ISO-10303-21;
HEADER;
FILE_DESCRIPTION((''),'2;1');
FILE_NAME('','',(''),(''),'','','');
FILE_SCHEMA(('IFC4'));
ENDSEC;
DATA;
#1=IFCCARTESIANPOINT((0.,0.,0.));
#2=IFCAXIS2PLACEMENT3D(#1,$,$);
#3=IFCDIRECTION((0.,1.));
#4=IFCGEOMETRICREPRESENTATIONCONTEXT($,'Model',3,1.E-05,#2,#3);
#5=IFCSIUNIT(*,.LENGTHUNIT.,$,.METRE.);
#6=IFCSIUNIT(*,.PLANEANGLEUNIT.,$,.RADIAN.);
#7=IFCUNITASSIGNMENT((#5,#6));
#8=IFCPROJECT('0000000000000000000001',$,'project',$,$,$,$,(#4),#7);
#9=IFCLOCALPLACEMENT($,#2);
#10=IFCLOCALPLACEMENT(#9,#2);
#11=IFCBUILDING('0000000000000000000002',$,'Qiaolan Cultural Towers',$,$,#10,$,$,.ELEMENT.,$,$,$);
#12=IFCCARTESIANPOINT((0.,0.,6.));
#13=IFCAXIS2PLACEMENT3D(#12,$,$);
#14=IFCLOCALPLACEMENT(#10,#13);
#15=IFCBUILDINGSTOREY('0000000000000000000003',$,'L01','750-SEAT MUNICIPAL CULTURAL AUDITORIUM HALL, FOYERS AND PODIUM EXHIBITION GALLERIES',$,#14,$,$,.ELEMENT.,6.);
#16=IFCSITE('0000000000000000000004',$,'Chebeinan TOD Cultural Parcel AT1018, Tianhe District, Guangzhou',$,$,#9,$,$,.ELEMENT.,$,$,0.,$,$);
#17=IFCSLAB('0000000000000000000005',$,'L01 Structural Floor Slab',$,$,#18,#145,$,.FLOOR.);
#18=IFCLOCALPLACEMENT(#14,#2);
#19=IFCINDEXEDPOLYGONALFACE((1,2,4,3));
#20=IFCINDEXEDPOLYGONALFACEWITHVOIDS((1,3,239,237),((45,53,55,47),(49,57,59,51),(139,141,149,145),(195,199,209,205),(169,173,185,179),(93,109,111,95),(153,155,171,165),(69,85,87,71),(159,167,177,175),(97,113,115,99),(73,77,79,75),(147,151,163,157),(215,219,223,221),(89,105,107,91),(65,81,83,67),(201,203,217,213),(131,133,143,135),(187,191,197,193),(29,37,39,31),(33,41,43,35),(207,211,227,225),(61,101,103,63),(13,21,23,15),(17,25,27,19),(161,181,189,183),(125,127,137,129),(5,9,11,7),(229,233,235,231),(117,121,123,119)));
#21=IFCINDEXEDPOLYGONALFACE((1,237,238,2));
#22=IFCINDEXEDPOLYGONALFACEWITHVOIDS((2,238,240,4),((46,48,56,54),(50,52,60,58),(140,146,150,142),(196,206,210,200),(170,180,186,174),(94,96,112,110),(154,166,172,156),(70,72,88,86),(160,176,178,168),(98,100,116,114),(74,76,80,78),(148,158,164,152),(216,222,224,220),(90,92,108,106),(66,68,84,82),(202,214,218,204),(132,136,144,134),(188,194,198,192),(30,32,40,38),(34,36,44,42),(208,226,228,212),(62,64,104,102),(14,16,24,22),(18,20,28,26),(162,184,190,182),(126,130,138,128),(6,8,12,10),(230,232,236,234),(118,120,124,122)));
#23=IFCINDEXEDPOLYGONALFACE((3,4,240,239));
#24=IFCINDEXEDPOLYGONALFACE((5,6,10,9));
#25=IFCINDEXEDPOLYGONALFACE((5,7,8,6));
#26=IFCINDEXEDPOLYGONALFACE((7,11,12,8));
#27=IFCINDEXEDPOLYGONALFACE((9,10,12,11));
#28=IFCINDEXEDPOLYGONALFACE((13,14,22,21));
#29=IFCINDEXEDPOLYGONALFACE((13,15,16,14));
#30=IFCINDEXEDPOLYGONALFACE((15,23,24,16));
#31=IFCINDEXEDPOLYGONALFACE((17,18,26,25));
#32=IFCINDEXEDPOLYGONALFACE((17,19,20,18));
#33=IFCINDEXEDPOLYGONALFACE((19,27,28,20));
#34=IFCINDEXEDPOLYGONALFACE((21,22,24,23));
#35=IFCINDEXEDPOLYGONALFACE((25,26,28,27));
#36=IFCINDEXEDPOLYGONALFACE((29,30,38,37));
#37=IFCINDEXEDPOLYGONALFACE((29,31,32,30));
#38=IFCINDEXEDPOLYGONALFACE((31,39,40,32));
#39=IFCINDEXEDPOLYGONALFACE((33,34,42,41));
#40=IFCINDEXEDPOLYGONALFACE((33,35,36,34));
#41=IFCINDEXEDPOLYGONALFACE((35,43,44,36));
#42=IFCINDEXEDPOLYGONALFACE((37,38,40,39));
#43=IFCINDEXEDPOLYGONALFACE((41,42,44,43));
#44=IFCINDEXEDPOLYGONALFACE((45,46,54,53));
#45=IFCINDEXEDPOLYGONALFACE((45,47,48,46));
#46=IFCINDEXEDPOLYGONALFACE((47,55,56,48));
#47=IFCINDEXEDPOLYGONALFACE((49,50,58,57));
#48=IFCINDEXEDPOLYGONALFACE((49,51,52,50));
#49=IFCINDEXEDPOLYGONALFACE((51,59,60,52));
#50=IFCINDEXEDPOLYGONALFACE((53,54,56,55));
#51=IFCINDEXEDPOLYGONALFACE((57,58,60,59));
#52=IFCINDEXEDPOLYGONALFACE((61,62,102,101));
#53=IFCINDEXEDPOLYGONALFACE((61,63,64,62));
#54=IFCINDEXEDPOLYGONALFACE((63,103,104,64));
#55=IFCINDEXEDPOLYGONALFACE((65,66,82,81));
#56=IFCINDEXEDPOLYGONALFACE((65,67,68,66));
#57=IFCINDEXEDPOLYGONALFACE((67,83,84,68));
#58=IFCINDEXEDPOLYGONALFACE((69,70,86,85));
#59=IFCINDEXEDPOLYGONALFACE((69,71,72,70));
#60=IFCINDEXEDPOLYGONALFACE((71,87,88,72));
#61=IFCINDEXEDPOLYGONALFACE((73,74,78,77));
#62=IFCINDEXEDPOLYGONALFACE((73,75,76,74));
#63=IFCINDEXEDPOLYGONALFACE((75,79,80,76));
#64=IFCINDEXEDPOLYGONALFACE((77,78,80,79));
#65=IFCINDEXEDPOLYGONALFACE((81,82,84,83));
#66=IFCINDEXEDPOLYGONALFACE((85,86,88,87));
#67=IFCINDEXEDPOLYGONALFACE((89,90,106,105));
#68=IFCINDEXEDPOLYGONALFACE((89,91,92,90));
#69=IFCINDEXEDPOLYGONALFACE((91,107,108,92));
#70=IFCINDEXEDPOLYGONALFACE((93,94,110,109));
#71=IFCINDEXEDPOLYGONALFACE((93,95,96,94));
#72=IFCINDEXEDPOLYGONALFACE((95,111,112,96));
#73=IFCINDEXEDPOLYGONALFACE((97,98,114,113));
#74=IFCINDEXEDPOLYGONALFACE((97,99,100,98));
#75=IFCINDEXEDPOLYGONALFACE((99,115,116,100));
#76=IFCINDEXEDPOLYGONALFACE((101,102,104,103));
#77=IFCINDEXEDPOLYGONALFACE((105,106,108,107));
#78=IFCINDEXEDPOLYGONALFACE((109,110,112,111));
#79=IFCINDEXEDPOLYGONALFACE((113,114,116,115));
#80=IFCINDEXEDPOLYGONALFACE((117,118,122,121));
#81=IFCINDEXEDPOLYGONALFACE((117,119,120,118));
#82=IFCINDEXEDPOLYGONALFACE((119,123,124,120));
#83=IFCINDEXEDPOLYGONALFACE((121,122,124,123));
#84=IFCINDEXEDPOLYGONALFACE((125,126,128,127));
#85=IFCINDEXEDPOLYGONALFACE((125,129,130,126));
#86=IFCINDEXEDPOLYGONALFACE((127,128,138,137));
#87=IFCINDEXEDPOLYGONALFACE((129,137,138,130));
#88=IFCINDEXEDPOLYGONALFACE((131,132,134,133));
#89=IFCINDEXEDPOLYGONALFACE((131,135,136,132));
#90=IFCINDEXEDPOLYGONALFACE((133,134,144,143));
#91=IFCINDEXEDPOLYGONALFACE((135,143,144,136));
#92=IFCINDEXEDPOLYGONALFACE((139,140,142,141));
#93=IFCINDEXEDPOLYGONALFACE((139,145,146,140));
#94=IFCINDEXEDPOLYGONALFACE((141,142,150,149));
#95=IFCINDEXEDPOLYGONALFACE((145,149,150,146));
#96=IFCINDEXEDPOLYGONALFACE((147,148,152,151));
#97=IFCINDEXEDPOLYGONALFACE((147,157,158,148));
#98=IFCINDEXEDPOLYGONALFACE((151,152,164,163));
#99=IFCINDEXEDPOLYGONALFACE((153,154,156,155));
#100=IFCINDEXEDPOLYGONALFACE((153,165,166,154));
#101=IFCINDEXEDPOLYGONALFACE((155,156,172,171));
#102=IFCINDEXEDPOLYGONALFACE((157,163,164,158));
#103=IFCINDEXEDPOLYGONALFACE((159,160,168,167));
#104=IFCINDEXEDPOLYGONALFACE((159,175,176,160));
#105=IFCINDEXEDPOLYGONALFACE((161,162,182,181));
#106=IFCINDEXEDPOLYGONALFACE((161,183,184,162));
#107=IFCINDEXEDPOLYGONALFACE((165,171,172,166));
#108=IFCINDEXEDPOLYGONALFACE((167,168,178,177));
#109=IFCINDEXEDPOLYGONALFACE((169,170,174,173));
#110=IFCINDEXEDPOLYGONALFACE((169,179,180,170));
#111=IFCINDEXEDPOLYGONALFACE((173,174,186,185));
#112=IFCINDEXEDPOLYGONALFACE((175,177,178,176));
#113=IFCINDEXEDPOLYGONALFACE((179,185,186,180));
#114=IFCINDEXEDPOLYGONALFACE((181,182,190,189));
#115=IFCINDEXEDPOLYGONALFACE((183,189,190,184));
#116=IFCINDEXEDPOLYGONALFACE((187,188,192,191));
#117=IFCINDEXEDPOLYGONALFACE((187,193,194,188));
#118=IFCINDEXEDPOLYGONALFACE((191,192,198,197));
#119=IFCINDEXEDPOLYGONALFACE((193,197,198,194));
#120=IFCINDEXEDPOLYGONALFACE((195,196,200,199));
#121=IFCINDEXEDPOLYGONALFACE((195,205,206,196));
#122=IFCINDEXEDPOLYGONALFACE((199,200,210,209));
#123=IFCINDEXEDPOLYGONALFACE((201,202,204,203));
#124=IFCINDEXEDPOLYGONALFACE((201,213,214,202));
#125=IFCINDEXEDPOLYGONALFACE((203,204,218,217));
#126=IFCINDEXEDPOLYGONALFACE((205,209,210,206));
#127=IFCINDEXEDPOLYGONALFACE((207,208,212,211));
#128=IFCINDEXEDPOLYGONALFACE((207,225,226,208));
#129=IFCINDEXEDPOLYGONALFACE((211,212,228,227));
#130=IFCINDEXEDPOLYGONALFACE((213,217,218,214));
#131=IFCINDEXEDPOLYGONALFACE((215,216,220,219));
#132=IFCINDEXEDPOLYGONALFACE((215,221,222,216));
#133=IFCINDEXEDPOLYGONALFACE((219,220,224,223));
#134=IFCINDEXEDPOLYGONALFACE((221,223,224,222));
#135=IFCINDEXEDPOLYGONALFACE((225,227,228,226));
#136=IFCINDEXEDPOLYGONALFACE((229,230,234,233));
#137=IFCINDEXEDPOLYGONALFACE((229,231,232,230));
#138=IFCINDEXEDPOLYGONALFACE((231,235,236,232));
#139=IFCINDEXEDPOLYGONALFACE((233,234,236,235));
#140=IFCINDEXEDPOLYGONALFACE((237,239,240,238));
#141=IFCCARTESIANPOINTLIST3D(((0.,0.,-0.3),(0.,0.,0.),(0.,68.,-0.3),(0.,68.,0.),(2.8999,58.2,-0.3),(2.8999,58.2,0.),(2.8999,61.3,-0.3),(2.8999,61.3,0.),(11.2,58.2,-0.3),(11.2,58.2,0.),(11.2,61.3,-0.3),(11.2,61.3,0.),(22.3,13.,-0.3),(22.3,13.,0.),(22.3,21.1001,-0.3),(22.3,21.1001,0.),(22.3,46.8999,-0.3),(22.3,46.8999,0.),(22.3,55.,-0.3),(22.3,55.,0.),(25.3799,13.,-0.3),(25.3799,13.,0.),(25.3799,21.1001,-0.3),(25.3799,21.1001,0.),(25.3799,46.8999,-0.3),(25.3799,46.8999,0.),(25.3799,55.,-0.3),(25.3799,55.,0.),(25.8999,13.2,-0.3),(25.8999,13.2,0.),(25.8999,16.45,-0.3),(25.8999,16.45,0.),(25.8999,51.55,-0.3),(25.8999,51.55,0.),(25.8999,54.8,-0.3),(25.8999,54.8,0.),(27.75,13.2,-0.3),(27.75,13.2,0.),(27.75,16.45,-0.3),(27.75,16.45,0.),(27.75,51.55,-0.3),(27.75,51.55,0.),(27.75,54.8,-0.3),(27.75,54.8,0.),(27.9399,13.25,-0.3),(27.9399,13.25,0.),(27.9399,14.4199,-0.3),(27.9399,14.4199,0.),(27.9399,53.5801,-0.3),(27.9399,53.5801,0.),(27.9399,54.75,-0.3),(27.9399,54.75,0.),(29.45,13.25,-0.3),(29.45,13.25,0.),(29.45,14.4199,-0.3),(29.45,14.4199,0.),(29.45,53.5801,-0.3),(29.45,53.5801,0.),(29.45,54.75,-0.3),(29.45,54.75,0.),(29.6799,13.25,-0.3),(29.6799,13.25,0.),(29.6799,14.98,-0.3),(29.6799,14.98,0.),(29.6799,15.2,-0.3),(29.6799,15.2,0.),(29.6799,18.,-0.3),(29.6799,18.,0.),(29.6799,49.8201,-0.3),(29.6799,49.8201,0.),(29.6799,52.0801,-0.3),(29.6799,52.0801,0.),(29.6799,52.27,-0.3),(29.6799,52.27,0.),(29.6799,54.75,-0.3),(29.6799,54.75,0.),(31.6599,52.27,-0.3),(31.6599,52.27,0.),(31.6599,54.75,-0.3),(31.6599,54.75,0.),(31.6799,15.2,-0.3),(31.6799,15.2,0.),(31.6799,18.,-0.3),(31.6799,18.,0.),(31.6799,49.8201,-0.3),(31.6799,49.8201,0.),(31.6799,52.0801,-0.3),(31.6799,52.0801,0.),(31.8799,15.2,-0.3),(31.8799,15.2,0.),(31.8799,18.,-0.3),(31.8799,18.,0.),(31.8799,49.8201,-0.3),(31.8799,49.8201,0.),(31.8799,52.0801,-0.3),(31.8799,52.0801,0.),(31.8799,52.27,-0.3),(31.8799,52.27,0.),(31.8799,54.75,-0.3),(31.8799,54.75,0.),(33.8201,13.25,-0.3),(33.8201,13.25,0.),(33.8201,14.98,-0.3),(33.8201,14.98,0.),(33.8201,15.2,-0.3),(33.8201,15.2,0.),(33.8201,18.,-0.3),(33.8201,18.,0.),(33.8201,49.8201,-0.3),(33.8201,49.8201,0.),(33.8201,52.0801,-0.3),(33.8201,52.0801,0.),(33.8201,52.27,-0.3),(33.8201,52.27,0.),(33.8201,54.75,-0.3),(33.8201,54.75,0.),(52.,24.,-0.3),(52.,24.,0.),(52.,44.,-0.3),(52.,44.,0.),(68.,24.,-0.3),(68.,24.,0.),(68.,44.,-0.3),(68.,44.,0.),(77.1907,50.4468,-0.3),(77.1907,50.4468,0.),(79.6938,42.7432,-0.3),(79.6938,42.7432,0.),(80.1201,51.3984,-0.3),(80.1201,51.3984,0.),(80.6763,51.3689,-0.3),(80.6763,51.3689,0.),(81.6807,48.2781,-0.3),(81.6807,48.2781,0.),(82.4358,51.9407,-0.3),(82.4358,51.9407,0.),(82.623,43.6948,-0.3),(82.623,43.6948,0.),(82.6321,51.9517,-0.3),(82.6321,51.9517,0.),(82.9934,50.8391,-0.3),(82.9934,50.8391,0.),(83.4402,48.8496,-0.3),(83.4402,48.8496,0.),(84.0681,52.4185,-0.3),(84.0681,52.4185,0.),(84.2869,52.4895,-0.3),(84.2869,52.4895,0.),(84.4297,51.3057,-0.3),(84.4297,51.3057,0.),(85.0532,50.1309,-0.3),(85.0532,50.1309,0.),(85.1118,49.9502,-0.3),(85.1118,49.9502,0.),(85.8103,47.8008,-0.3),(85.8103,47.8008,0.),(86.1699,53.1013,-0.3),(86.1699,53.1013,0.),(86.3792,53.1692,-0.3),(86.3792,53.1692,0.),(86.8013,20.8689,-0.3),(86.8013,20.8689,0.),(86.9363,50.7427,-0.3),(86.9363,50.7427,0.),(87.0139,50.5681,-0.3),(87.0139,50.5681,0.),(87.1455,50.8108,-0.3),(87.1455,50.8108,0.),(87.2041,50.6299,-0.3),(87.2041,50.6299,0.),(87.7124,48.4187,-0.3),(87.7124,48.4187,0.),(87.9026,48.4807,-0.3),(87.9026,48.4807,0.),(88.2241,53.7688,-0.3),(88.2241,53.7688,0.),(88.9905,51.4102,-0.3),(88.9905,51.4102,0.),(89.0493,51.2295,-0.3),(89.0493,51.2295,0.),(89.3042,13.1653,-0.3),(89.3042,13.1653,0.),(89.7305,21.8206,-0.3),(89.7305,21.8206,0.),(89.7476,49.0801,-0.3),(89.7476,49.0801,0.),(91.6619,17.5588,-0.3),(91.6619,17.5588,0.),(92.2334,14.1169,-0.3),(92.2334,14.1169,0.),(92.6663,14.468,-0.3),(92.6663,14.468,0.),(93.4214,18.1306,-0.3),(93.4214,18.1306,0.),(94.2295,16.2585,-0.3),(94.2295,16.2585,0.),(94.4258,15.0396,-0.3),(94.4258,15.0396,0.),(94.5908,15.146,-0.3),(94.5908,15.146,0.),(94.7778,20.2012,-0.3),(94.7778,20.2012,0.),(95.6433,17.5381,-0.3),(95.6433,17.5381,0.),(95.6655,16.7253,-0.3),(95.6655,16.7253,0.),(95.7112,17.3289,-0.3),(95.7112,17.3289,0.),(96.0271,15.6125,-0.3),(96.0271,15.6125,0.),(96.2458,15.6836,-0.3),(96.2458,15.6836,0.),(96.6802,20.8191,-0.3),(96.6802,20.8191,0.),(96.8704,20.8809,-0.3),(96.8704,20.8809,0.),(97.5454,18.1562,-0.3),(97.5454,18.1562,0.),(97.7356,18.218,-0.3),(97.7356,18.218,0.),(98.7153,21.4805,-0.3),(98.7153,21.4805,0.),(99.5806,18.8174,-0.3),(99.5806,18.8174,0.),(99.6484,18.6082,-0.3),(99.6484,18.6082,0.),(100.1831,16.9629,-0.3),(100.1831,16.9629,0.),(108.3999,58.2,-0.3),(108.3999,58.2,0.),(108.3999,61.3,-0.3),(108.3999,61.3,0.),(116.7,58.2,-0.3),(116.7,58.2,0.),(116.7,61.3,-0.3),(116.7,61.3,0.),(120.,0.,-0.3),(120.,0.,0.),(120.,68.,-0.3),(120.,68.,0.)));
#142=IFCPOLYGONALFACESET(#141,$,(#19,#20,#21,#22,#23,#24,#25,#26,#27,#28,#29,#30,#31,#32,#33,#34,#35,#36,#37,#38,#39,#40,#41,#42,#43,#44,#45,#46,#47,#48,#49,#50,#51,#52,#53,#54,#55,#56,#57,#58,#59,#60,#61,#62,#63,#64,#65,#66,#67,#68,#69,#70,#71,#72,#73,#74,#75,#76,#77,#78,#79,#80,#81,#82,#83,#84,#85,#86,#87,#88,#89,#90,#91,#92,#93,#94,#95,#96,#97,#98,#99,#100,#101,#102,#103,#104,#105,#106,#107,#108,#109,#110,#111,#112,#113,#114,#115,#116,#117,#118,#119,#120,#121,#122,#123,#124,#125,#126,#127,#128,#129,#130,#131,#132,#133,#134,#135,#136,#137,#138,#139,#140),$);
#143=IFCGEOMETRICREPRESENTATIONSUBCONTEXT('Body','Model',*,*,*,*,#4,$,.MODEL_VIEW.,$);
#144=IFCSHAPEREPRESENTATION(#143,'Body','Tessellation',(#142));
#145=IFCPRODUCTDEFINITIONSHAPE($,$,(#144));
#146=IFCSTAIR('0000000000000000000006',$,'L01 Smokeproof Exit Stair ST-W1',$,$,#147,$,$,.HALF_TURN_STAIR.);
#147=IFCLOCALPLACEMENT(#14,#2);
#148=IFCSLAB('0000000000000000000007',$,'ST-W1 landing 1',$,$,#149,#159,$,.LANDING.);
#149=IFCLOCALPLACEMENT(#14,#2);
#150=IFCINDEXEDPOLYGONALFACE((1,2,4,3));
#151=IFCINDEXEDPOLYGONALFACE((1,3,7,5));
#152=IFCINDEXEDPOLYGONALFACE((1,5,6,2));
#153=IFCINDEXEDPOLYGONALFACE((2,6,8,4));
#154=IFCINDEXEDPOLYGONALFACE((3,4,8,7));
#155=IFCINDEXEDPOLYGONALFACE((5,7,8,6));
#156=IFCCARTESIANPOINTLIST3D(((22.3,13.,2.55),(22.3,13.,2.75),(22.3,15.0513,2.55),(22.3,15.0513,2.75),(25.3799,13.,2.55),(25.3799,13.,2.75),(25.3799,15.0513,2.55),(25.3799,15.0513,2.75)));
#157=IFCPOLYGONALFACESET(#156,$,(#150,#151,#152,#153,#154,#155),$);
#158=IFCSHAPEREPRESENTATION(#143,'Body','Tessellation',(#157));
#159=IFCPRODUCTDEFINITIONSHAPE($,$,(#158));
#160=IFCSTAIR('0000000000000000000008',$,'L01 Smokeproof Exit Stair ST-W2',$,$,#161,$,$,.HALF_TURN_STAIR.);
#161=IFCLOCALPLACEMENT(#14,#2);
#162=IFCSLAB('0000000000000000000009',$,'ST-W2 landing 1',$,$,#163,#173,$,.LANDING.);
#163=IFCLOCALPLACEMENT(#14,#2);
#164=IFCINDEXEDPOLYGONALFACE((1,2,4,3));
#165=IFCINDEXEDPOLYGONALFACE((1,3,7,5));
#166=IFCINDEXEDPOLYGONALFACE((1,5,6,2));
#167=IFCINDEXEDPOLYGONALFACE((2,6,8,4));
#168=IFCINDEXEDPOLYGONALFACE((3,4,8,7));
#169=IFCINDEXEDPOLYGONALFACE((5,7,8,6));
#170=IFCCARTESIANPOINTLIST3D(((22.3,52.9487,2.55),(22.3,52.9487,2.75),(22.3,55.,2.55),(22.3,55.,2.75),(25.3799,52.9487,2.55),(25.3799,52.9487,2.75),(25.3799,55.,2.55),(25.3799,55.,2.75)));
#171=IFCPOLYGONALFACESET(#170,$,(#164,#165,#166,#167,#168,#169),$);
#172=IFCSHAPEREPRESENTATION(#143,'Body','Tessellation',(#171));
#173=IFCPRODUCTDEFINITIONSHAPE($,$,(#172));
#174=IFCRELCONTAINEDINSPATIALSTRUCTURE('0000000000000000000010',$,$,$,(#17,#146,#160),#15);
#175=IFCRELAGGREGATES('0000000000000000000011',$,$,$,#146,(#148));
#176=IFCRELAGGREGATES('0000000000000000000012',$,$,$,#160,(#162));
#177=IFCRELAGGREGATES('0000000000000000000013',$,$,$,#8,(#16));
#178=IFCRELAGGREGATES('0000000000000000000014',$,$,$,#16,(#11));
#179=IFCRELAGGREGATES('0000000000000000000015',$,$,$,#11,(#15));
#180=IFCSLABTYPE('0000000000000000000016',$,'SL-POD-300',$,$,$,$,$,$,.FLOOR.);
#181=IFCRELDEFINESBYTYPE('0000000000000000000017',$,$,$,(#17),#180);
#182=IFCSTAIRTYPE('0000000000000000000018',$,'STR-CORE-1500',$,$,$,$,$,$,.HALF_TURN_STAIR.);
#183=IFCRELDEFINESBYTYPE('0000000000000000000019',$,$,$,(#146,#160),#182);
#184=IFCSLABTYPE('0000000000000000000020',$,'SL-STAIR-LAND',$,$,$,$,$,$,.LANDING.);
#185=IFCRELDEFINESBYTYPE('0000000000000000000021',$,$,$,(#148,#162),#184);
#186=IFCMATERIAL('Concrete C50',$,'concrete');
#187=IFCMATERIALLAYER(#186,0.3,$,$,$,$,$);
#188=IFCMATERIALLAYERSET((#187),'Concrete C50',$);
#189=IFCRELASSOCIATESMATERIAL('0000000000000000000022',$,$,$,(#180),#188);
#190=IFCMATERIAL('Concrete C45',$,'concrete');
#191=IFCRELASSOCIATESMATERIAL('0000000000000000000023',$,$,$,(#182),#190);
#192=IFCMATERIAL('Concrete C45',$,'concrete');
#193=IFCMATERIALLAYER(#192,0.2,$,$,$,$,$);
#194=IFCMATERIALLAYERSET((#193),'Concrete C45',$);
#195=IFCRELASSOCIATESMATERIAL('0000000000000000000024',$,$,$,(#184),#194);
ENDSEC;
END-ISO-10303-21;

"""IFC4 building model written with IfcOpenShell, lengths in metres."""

from ifc_helpers import new_model, si_unit, direction, frame, origin, place, context, subcontext, project, spatial, polyline, outline, extrude, material, layer, layer_set, type_object, element, aggregate, save


model = new_model("IFC4")

# Units and contexts
model_context = context("Model", 3, precision=1e-05, world=origin(), true_north=direction((0.0, 1.0)))
body_context = subcontext(model_context, "Body", "Model", "MODEL_VIEW")
ifc_project = project(units=[si_unit("LENGTHUNIT", "METRE"), si_unit("PLANEANGLEUNIT", "RADIAN")], contexts=[model_context])

# Site, building, storey
site_placement = place(None, origin())
site = spatial("IfcSite", under=ifc_project, at=site_placement, Name="Chebeinan TOD Cultural Parcel AT1018, Tianhe District, Guangzhou", CompositionType="ELEMENT", RefElevation=0.0)
building_placement = place(site_placement, origin())
building = spatial("IfcBuilding", under=site, at=building_placement, Name="Qiaolan Cultural Towers", CompositionType="ELEMENT")
storey_placement = place(building_placement, frame((0.0, 0.0, 6.0)))
storey = spatial("IfcBuildingStorey", under=building, at=storey_placement, Name="L01", Description="750-SEAT MUNICIPAL CULTURAL AUDITORIUM HALL, FOYERS AND PODIUM EXHIBITION GALLERIES", CompositionType="ELEMENT", Elevation=6.0)

# Slab
ifc_material_1 = material(Name="Concrete C50", Category="concrete")
ifc_layer_1 = layer(ifc_material_1, 0.3)
ifc_layer_set_1 = layer_set([ifc_layer_1], Name="Concrete C50")
slab_type_1 = type_object("IfcSlabType", Name="SL-POD-300", PredefinedType="FLOOR", material=ifc_layer_set_1)
slab_1_placement = place(storey_placement, frame((0.0, 0.0, -0.3)))
element("IfcSlab", 1, at=slab_1_placement, inside=storey, type_object=slab_type_1, Name="L01 Structural Floor Slab", PredefinedType="FLOOR", context=body_context, shape_type="SweptSolid", body=[
    extrude(outline(polyline([(0.0, 0.0), (120.0, 0.0), (120.0, 68.0), (0.0, 68.0), (0.0, 0.0)]), holes=[polyline([(22.3, 21.1001), (22.3, 13.0), (25.3799, 13.0), (25.3799, 21.1001), (22.3, 21.1001)]), polyline([(25.3799, 46.8999), (25.3799, 55.0), (22.3, 55.0), (22.3, 46.8999), (25.3799, 46.8999)]), polyline([(86.8013, 20.8689), (89.3042, 13.1653), (92.2334, 14.1169), (89.7305, 21.8206), (86.8013, 20.8689)]), polyline([(82.623, 43.6948), (80.1201, 51.3984), (77.1907, 50.4468), (79.6938, 42.7432), (82.623, 43.6948)]), polyline([(2.8999, 58.2), (11.2, 58.2), (11.2, 61.3), (2.8999, 61.3), (2.8999, 58.2)]), polyline([(108.3999, 58.2), (116.7, 58.2), (116.7, 61.3), (108.3999, 61.3), (108.3999, 58.2)]), polyline([(25.8999, 13.2), (27.75, 13.2), (27.75, 16.45), (25.8999, 16.45), (25.8999, 13.2)]), polyline([(27.9399, 13.25), (29.45, 13.25), (29.45, 14.4199), (27.9399, 14.4199), (27.9399, 13.25)]), polyline([(29.6799, 15.2), (31.6799, 15.2), (31.6799, 18.0), (29.6799, 18.0), (29.6799, 15.2)]), polyline([(31.8799, 15.2), (33.8201, 15.2), (33.8201, 18.0), (31.8799, 18.0), (31.8799, 15.2)]), polyline([(29.6799, 13.25), (33.8201, 13.25), (33.8201, 14.98), (29.6799, 14.98), (29.6799, 13.25)]), polyline([(25.8999, 51.55), (27.75, 51.55), (27.75, 54.8), (25.8999, 54.8), (25.8999, 51.55)]), polyline([(27.9399, 53.5801), (29.45, 53.5801), (29.45, 54.75), (27.9399, 54.75), (27.9399, 53.5801)]), polyline([(29.6799, 49.8201), (31.6799, 49.8201), (31.6799, 52.0801), (29.6799, 52.0801), (29.6799, 49.8201)]), polyline([(31.8799, 49.8201), (33.8201, 49.8201), (33.8201, 52.0801), (31.8799, 52.0801), (31.8799, 49.8201)]), polyline([(29.6799, 52.27), (31.6599, 52.27), (31.6599, 54.75), (29.6799, 54.75), (29.6799, 52.27)]), polyline([(31.8799, 52.27), (33.8201, 52.27), (33.8201, 54.75), (31.8799, 54.75), (31.8799, 52.27)]), polyline([(92.6663, 14.468), (94.4258, 15.0396), (93.4214, 18.1306), (91.6619, 17.5588), (92.6663, 14.468)]), polyline([(94.5908, 15.146), (96.0271, 15.6125), (95.6655, 16.7253), (94.2295, 16.2585), (94.5908, 15.146)]), polyline([(95.6433, 17.5381), (97.5454, 18.1562), (96.6802, 20.8191), (94.7778, 20.2012), (95.6433, 17.5381)]), polyline([(97.7356, 18.218), (99.5806, 18.8174), (98.7153, 21.4805), (96.8704, 20.8809), (97.7356, 18.218)]), polyline([(96.2458, 15.6836), (100.1831, 16.9629), (99.6484, 18.6082), (95.7112, 17.3289), (96.2458, 15.6836)]), polyline([(81.6807, 48.2781), (83.4402, 48.8496), (82.4358, 51.9407), (80.6763, 51.3689), (81.6807, 48.2781)]), polyline([(82.9934, 50.8391), (84.4297, 51.3057), (84.0681, 52.4185), (82.6321, 51.9517), (82.9934, 50.8391)]), polyline([(85.8103, 47.8008), (87.7124, 48.4187), (87.0139, 50.5681), (85.1118, 49.9502), (85.8103, 47.8008)]), polyline([(87.9026, 48.4807), (89.7476, 49.0801), (89.0493, 51.2295), (87.2041, 50.6299), (87.9026, 48.4807)]), polyline([(85.0532, 50.1309), (86.9363, 50.7427), (86.1699, 53.1013), (84.2869, 52.4895), (85.0532, 50.1309)]), polyline([(87.1455, 50.8108), (88.9905, 51.4102), (88.2241, 53.7688), (86.3792, 53.1692), (87.1455, 50.8108)]), polyline([(52.0, 24.0), (68.0, 24.0), (68.0, 44.0), (52.0, 44.0), (52.0, 24.0)])]), origin(), (0.0, 0.0, 1.0), 0.3),
])

# Stairs, slabs
ifc_material_2 = material(Name="Concrete C45", Category="concrete")
stair_type_1 = type_object("IfcStairType", Name="STR-CORE-1500", PredefinedType="HALF_TURN_STAIR", material=ifc_material_2)
stair_1_placement = place(storey_placement, origin())
stair_1 = element("IfcStair", 2, at=stair_1_placement, inside=storey, type_object=stair_type_1, Name="L01 Smokeproof Exit Stair ST-W1", PredefinedType="HALF_TURN_STAIR")
ifc_material_3 = material(Name="Concrete C45", Category="concrete")
ifc_layer_2 = layer(ifc_material_3, 0.2)
ifc_layer_set_2 = layer_set([ifc_layer_2], Name="Concrete C45")
slab_type_2 = type_object("IfcSlabType", Name="SL-STAIR-LAND", PredefinedType="LANDING", material=ifc_layer_set_2)
slab_2_placement = place(storey_placement, frame((0.0, 0.0, 2.55)))
slab_2 = element("IfcSlab", 3, at=slab_2_placement, type_object=slab_type_2, Name="ST-W1 landing 1", PredefinedType="LANDING", context=body_context, shape_type="SweptSolid", body=[
    extrude(outline(polyline([(22.3, 15.0513), (22.3, 13.0), (25.3799, 13.0), (25.3799, 15.0513), (22.3, 15.0513)])), origin(), (0.0, 0.0, 1.0), 0.2),
])
aggregate(stair_1, [slab_2])
stair_2_placement = place(storey_placement, origin())
stair_2 = element("IfcStair", 4, at=stair_2_placement, inside=storey, type_object=stair_type_1, Name="L01 Smokeproof Exit Stair ST-W2", PredefinedType="HALF_TURN_STAIR")
slab_3_placement = place(storey_placement, frame((0.0, 0.0, 2.55)))
slab_3 = element("IfcSlab", 5, at=slab_3_placement, type_object=slab_type_2, Name="ST-W2 landing 1", PredefinedType="LANDING", context=body_context, shape_type="SweptSolid", body=[
    extrude(outline(polyline([(25.3799, 52.9487), (25.3799, 55.0), (22.3, 55.0), (22.3, 52.9487), (25.3799, 52.9487)])), origin(), (0.0, 0.0, 1.0), 0.2),
])
aggregate(stair_2, [slab_3])

save(model, "model.ifc")
